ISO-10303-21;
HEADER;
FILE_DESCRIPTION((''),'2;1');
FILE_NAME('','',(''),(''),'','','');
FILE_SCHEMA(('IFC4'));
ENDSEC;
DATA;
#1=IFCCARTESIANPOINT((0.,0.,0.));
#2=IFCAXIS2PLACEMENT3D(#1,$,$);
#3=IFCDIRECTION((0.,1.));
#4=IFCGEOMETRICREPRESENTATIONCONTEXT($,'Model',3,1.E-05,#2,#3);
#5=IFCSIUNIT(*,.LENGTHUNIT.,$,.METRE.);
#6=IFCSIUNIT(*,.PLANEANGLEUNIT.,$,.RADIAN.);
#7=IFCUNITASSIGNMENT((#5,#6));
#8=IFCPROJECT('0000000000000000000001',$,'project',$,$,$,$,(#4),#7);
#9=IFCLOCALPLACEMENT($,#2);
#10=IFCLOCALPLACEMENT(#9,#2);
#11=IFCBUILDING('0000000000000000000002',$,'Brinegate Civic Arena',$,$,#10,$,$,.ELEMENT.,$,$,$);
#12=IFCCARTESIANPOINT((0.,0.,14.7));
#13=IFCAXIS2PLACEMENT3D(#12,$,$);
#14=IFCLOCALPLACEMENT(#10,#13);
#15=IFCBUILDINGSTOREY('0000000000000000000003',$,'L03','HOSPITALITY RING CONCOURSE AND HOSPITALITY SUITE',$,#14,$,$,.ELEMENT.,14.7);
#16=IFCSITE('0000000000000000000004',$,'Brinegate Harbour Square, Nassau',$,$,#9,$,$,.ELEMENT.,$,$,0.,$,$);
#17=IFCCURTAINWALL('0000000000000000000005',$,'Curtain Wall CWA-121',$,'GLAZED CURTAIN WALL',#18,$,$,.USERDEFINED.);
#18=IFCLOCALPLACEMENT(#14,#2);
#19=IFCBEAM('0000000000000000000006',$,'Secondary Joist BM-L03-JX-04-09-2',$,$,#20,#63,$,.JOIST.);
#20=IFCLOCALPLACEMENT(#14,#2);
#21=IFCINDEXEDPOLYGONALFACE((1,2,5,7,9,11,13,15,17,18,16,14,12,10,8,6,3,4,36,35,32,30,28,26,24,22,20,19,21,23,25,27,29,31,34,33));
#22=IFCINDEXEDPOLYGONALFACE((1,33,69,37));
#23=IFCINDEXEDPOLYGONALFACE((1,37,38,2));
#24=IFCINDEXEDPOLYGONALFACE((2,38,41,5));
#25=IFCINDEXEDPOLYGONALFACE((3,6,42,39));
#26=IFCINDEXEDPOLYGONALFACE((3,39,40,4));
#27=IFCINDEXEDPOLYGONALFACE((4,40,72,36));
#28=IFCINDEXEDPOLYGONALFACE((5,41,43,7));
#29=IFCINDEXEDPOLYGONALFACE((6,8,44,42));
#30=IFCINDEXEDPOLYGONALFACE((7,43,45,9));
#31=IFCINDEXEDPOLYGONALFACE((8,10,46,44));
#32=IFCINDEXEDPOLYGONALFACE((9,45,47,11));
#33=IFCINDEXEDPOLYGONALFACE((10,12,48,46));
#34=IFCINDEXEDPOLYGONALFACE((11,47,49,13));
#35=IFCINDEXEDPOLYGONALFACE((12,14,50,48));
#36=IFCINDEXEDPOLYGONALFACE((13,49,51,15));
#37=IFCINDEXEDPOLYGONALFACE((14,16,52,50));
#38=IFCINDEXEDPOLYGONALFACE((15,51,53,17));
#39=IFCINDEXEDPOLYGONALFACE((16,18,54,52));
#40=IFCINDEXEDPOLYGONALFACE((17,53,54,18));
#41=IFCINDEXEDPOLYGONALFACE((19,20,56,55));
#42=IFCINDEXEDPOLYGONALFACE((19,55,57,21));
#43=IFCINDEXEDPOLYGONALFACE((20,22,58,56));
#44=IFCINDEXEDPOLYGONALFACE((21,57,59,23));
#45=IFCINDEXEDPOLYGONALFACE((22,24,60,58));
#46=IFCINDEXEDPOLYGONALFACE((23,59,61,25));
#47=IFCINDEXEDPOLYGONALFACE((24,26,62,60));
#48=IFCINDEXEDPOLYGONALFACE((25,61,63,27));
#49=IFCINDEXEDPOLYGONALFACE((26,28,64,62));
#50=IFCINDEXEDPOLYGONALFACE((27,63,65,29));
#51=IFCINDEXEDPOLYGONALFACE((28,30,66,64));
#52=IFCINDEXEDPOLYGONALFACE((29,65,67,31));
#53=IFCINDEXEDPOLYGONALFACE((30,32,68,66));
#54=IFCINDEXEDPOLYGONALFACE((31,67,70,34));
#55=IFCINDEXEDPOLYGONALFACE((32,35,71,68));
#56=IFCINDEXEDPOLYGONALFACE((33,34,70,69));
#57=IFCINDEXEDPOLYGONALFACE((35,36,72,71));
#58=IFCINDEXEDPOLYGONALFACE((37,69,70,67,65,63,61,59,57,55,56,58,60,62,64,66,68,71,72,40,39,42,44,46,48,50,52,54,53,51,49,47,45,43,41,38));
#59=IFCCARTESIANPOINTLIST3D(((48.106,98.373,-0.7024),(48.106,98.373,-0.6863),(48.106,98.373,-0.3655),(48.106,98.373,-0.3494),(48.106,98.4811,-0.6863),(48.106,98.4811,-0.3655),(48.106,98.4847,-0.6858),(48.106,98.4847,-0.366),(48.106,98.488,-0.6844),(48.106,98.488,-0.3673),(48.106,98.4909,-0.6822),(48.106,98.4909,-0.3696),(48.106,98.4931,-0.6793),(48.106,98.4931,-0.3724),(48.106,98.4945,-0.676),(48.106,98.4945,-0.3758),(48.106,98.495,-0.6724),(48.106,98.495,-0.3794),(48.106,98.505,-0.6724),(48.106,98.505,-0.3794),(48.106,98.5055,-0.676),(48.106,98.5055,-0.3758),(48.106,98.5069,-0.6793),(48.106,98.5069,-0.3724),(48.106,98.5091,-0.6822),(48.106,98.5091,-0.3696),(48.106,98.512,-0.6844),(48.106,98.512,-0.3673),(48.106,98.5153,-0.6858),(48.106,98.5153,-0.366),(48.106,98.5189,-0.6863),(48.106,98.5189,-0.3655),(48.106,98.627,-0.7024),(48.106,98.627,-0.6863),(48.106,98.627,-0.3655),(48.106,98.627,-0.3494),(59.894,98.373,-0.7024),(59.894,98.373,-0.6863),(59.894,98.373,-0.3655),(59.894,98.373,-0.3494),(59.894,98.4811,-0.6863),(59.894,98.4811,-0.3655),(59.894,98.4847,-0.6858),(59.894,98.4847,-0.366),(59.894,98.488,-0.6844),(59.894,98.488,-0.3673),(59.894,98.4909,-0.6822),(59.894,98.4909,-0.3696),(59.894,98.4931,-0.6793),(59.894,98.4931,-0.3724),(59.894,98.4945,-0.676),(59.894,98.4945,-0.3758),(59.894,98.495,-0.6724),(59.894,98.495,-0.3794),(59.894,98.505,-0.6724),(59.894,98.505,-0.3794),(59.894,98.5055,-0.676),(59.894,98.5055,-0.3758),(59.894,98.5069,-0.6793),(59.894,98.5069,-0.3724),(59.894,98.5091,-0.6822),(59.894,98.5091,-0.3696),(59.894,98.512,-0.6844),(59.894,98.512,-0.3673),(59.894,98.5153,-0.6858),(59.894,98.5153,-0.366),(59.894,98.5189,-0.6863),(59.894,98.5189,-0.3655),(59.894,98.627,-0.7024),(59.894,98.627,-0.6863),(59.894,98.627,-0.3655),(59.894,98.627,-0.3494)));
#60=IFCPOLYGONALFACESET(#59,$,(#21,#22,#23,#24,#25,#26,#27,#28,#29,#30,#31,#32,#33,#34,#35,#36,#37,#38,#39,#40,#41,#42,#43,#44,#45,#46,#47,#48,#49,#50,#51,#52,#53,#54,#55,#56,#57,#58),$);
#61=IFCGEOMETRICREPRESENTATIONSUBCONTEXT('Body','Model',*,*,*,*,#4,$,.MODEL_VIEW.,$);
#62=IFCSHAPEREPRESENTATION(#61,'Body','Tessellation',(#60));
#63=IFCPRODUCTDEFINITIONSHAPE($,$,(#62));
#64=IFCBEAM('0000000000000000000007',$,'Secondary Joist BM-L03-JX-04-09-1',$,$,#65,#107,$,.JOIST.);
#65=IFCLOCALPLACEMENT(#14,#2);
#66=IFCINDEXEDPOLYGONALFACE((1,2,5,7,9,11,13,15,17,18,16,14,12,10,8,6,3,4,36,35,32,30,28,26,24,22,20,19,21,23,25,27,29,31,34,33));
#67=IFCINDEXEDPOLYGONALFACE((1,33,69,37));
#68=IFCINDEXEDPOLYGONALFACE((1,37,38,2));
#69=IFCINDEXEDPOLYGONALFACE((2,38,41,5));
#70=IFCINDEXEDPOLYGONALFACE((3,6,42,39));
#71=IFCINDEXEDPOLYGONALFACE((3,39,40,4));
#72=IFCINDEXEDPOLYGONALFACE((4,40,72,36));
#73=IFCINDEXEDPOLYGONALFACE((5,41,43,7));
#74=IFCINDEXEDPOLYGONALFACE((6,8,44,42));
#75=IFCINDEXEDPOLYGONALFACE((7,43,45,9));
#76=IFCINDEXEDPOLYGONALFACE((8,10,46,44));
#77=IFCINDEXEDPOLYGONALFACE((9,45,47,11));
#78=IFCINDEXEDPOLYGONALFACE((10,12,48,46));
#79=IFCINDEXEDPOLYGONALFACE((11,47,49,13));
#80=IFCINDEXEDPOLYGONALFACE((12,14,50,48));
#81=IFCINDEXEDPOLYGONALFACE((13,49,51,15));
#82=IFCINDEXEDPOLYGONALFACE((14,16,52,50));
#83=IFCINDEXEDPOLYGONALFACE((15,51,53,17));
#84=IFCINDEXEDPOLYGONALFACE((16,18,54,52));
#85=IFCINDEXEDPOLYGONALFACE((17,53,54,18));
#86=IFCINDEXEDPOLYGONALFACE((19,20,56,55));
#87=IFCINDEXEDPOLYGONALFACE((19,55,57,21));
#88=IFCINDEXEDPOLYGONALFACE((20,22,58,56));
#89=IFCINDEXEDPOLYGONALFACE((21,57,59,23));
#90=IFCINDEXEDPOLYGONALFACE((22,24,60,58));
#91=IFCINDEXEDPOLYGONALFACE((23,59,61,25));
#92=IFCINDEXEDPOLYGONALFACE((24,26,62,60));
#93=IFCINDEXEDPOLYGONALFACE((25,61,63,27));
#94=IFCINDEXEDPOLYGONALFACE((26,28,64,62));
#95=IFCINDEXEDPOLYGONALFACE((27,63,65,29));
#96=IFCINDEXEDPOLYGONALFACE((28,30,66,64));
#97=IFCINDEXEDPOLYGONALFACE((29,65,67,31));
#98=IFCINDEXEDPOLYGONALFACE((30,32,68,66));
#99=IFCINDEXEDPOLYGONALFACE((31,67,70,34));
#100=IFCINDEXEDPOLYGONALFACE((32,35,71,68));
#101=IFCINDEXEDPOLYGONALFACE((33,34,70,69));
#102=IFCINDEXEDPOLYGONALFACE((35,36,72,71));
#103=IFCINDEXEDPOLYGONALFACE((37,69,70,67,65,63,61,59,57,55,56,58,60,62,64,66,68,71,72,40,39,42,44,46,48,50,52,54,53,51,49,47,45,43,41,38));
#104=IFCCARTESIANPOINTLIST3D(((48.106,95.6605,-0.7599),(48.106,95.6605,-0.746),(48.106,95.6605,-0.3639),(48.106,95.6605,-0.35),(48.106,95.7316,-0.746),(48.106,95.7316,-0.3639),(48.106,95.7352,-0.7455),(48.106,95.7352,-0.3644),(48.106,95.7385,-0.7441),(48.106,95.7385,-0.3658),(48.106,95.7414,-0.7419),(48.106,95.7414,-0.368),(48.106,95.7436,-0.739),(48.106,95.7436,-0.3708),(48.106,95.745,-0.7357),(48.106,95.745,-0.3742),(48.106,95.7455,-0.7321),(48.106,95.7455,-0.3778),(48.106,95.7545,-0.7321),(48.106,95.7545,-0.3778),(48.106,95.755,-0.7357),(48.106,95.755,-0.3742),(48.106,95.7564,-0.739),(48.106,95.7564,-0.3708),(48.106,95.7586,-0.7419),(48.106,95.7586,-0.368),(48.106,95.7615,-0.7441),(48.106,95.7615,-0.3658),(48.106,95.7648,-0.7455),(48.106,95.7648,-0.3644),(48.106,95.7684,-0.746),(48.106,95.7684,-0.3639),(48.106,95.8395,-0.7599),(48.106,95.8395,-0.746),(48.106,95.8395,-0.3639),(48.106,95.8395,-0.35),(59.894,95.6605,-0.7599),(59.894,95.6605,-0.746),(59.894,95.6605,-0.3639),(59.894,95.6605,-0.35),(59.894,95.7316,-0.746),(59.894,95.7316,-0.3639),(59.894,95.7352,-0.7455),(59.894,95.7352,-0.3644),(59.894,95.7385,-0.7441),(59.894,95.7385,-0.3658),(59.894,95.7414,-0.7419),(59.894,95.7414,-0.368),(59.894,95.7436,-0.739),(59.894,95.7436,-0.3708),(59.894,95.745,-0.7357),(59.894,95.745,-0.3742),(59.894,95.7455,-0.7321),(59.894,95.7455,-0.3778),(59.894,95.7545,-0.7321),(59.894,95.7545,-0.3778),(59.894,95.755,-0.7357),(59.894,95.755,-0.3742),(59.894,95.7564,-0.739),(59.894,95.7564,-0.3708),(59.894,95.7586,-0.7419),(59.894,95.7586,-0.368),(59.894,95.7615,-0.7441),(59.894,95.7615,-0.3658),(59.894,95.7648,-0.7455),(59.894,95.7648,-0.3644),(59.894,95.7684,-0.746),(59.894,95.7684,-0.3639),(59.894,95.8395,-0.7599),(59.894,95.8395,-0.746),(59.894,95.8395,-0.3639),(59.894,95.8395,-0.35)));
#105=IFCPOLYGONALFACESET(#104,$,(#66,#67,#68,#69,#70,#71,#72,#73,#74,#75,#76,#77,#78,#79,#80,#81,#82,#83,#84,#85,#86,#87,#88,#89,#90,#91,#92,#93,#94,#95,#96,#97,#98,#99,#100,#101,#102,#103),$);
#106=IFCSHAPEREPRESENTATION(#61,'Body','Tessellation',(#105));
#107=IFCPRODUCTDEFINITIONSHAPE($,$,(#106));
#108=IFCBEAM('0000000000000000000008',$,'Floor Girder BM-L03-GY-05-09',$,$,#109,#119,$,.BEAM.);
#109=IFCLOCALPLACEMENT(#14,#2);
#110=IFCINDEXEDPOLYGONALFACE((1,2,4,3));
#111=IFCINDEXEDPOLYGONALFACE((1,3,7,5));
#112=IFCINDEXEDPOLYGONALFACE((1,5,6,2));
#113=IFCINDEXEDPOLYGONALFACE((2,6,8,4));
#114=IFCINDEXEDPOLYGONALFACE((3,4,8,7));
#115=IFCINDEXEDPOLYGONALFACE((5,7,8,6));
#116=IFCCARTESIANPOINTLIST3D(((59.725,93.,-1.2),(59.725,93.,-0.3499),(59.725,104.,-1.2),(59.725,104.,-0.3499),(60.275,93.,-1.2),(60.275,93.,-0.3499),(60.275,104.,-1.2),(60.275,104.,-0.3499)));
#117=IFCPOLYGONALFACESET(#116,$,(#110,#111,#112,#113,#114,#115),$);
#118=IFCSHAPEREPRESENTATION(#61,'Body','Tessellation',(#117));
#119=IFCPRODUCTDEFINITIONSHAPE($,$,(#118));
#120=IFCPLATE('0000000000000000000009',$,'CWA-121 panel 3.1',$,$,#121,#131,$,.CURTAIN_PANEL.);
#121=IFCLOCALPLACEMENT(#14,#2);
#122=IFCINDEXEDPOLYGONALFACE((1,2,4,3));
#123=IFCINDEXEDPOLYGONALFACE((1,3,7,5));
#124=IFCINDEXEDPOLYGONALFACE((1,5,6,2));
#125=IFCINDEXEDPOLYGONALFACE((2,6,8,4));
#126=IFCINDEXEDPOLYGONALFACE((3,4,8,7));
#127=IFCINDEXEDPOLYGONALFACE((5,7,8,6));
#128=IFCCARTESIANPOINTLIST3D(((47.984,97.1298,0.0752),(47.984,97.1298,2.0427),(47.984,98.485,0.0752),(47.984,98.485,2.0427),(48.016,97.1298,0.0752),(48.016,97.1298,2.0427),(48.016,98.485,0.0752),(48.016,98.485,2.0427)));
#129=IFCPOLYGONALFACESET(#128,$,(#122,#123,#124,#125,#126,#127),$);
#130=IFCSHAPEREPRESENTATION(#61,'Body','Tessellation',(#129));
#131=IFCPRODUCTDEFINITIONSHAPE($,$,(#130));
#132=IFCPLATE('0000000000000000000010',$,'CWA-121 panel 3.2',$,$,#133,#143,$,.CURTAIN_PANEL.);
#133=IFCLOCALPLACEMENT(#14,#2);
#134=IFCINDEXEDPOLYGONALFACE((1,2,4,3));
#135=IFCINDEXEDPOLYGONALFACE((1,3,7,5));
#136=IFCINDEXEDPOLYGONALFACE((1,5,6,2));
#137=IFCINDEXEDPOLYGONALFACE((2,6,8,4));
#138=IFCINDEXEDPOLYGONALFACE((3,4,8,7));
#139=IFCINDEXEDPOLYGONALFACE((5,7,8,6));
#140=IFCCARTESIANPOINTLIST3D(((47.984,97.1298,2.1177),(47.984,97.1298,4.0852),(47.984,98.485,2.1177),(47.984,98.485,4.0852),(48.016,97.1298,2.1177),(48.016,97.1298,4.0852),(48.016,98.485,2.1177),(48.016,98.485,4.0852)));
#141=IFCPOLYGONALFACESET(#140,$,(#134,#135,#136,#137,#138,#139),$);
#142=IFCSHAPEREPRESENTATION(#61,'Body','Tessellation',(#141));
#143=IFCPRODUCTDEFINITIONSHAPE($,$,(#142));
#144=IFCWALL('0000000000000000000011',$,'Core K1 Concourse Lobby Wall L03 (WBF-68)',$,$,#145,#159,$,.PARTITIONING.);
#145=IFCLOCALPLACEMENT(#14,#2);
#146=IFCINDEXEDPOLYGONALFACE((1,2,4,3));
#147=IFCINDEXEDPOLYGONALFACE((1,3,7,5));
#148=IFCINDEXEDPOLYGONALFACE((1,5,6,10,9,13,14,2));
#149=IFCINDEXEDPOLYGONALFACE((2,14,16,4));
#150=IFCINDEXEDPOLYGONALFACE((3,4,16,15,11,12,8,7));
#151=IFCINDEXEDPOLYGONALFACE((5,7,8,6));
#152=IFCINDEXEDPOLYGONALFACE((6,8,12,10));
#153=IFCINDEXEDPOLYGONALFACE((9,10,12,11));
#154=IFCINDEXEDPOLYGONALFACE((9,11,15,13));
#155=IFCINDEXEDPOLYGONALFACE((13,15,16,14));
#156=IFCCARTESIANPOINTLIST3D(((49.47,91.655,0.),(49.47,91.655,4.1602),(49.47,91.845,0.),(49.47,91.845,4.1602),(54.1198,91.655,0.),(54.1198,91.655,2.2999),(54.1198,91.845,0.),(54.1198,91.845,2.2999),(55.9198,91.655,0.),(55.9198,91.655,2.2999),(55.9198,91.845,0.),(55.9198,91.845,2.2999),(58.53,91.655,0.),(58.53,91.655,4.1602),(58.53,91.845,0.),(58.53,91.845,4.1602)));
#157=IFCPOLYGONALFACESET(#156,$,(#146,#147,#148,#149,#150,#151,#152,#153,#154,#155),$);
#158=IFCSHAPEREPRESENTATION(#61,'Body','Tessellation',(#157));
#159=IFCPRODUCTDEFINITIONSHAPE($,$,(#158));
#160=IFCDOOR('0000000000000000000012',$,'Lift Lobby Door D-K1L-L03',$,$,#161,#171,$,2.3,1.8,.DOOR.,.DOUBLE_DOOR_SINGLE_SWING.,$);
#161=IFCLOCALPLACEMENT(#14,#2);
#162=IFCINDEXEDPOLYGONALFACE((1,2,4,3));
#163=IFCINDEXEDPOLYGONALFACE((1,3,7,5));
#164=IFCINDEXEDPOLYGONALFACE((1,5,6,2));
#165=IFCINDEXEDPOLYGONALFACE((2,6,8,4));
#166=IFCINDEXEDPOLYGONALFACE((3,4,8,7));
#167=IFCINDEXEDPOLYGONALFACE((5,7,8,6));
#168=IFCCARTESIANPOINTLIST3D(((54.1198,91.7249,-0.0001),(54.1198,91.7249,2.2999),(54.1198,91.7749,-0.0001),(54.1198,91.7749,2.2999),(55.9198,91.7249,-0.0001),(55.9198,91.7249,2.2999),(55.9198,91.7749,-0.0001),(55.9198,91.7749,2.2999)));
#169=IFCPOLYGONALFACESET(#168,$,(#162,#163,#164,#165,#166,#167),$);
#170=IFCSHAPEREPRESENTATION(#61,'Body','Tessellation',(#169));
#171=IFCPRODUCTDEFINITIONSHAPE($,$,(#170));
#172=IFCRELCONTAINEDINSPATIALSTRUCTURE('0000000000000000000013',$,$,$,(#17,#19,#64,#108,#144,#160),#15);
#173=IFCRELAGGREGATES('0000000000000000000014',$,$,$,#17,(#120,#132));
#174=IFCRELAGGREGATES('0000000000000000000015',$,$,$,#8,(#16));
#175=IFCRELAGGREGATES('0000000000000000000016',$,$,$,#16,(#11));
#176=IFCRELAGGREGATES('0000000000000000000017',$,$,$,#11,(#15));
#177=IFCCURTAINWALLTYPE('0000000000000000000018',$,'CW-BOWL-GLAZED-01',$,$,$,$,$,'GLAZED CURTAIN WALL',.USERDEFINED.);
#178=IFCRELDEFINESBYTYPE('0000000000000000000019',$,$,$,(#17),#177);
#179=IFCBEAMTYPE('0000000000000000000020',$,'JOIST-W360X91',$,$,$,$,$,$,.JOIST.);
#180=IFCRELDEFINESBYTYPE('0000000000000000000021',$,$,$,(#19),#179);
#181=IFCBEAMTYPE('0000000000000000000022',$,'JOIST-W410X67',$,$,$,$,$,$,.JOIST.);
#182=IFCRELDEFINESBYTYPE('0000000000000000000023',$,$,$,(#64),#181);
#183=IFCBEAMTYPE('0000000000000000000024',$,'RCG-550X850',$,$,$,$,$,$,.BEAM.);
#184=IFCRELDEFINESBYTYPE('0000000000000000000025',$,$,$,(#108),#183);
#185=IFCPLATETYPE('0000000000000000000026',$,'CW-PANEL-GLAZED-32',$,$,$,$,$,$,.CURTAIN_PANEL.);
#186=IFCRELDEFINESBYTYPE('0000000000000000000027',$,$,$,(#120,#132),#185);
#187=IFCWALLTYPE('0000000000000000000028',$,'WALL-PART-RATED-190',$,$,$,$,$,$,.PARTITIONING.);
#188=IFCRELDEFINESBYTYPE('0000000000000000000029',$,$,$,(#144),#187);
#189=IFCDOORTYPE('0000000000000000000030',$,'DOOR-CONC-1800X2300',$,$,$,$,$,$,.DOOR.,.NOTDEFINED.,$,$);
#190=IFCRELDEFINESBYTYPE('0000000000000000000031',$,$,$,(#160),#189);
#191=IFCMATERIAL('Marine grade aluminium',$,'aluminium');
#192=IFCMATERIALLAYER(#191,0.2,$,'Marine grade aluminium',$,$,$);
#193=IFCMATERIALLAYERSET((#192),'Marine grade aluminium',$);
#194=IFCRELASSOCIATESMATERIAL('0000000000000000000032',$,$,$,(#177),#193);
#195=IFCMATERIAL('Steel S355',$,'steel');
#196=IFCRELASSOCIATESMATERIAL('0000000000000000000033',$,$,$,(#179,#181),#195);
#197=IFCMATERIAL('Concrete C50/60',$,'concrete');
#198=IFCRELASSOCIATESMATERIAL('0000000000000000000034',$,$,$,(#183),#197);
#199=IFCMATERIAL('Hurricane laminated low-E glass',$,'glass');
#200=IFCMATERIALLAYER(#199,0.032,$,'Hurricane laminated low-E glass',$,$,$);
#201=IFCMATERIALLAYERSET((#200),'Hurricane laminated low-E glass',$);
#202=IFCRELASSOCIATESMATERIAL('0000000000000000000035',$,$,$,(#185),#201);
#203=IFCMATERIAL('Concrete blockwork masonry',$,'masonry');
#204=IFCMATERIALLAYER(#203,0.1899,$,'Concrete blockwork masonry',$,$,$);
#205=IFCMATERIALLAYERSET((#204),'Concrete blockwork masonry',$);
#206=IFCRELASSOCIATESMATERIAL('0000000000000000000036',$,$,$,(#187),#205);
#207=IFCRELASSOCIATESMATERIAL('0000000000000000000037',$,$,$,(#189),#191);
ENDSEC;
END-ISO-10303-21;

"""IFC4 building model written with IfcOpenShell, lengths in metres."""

from ifc_helpers import new_model, si_unit, direction, frame, frame_2d, origin, origin_2d, place, context, subcontext, project, spatial, rectangle, i_section, extrude, material, layer, layer_set, material_profile, profile_set, type_object, element, fill, aggregate, save


model = new_model("IFC4")

# Units and contexts
model_context = context("Model", 3, precision=1e-05, world=origin(), true_north=direction((0.0, 1.0)))
body_context = subcontext(model_context, "Body", "Model", "MODEL_VIEW")
ifc_project = project(units=[si_unit("LENGTHUNIT", "METRE"), si_unit("PLANEANGLEUNIT", "RADIAN")], contexts=[model_context])

# Site, building, storey
site_placement = place(None, origin())
site = spatial("IfcSite", under=ifc_project, at=site_placement, Name="Brinegate Harbour Square, Nassau", CompositionType="ELEMENT", RefElevation=0.0)
building_placement = place(site_placement, origin())
building = spatial("IfcBuilding", under=site, at=building_placement, Name="Brinegate Civic Arena", CompositionType="ELEMENT")
storey_placement = place(building_placement, frame((0.0, 0.0, 14.7)))
storey = spatial("IfcBuildingStorey", under=building, at=storey_placement, Name="L03", Description="HOSPITALITY RING CONCOURSE AND HOSPITALITY SUITE", CompositionType="ELEMENT", Elevation=14.7)

# Shared definitions
ifc_material_1 = material(Name="Concrete C50/60", Category="concrete")

# Curtain wall
ifc_material_2 = material(Name="Marine grade aluminium", Category="aluminium")
ifc_layer_1 = layer(ifc_material_2, 0.2, Name="Marine grade aluminium")
ifc_layer_set_1 = layer_set([ifc_layer_1], Name="Marine grade aluminium")
curtain_wall_type = type_object("IfcCurtainWallType", Name="CW-BOWL-GLAZED-01", ElementType="GLAZED CURTAIN WALL", PredefinedType="USERDEFINED", material=ifc_layer_set_1)
curtain_wall_placement = place(storey_placement, origin())
curtain_wall = element("IfcCurtainWall", 1, at=curtain_wall_placement, inside=storey, type_object=curtain_wall_type, Name="Curtain Wall CWA-121", ObjectType="GLAZED CURTAIN WALL", PredefinedType="USERDEFINED")

# Beams
ifc_material_3 = material(Name="Steel S355", Category="steel")
ifc_material_profile_1 = material_profile(ifc_material_3, i_section(OverallWidth=0.2539, OverallDepth=0.353, WebThickness=0.01, FlangeThickness=0.0161, FilletRadius=0.0139, at=origin_2d()), Name="W360X91")
ifc_profile_set_1 = profile_set([ifc_material_profile_1], Name="Steel S355")
beam_type_1 = type_object("IfcBeamType", Name="JOIST-W360X91", PredefinedType="JOIST", material=ifc_profile_set_1)
beam_1_placement = place(storey_placement, frame((48.106, 98.5, -0.5259), z_axis=(1.0, 0.0, 0.0), x_axis=(0.0, 1.0, 0.0)))
element("IfcBeam", 2, at=beam_1_placement, inside=storey, type_object=beam_type_1, Name="Secondary Joist BM-L03-JX-04-09-2", PredefinedType="JOIST", context=body_context, shape_type="SweptSolid", body=[
    extrude(i_section(OverallWidth=0.2539, OverallDepth=0.353, WebThickness=0.01, FlangeThickness=0.0161, FilletRadius=0.0139, at=origin_2d()), origin(), (0.0, 0.0, 1.0), 11.7881),
])
ifc_material_profile_2 = material_profile(ifc_material_3, i_section(OverallWidth=0.179, OverallDepth=0.4099, WebThickness=0.009, FlangeThickness=0.0139, FilletRadius=0.0139, at=origin_2d()), Name="W410X67")
ifc_profile_set_2 = profile_set([ifc_material_profile_2], Name="Steel S355")
beam_type_2 = type_object("IfcBeamType", Name="JOIST-W410X67", PredefinedType="JOIST", material=ifc_profile_set_2)
beam_2_placement = place(storey_placement, frame((48.106, 95.75, -0.5549), z_axis=(1.0, 0.0, 0.0), x_axis=(0.0, 1.0, 0.0)))
element("IfcBeam", 3, at=beam_2_placement, inside=storey, type_object=beam_type_2, Name="Secondary Joist BM-L03-JX-04-09-1", PredefinedType="JOIST", context=body_context, shape_type="SweptSolid", body=[
    extrude(i_section(OverallWidth=0.179, OverallDepth=0.4099, WebThickness=0.009, FlangeThickness=0.0139, FilletRadius=0.0139, at=origin_2d()), origin(), (0.0, 0.0, 1.0), 11.7881),
])
ifc_material_profile_3 = material_profile(ifc_material_1, rectangle(XDim=0.55, YDim=0.8501, at=origin_2d()), Name="RCB550X850")
ifc_profile_set_3 = profile_set([ifc_material_profile_3], Name="Concrete C50/60")
beam_type_3 = type_object("IfcBeamType", Name="RCG-550X850", PredefinedType="BEAM", material=ifc_profile_set_3)
beam_3_placement = place(storey_placement, frame((60.0, 93.0, -0.7749), z_axis=(0.0, 1.0, 0.0), x_axis=(-1.0, 0.0, 0.0)))
element("IfcBeam", 4, at=beam_3_placement, inside=storey, type_object=beam_type_3, Name="Floor Girder BM-L03-GY-05-09", PredefinedType="BEAM", context=body_context, shape_type="SweptSolid", body=[
    extrude(rectangle(XDim=0.55, YDim=0.8501, at=origin_2d()), origin(), (0.0, 0.0, 1.0), 11.0),
])

# Plates
ifc_material_4 = material(Name="Hurricane laminated low-E glass", Category="glass")
ifc_layer_2 = layer(ifc_material_4, 0.032, Name="Hurricane laminated low-E glass")
ifc_layer_set_2 = layer_set([ifc_layer_2], Name="Hurricane laminated low-E glass")
plate_type = type_object("IfcPlateType", Name="CW-PANEL-GLAZED-32", PredefinedType="CURTAIN_PANEL", material=ifc_layer_set_2)
plate_1_placement = place(storey_placement, frame((48.0, 97.8074, 0.0752), z_axis=(0.0, 0.0, 1.0), x_axis=(0.0, 1.0, 0.0)))
plate_1 = element("IfcPlate", 5, at=plate_1_placement, type_object=plate_type, Name="CWA-121 panel 3.1", PredefinedType="CURTAIN_PANEL", context=body_context, shape_type="SweptSolid", body=[
    extrude(rectangle(XDim=1.3552, YDim=0.032, at=origin_2d()), origin(), (0.0, 0.0, 1.0), 1.9675),
])
plate_2_placement = place(storey_placement, frame((48.0, 97.8074, 2.1177), z_axis=(0.0, 0.0, 1.0), x_axis=(0.0, 1.0, 0.0)))
plate_2 = element("IfcPlate", 6, at=plate_2_placement, type_object=plate_type, Name="CWA-121 panel 3.2", PredefinedType="CURTAIN_PANEL", context=body_context, shape_type="SweptSolid", body=[
    extrude(rectangle(XDim=1.3552, YDim=0.032, at=origin_2d()), origin(), (0.0, 0.0, 1.0), 1.9675),
])
aggregate(curtain_wall, [plate_1, plate_2])

# Wall, opening, door
ifc_material_5 = material(Name="Concrete blockwork masonry", Category="masonry")
ifc_layer_3 = layer(ifc_material_5, 0.1899, Name="Concrete blockwork masonry")
ifc_layer_set_3 = layer_set([ifc_layer_3], Name="Concrete blockwork masonry")
wall_type = type_object("IfcWallType", Name="WALL-PART-RATED-190", PredefinedType="PARTITIONING", material=ifc_layer_set_3)
wall_1_placement = place(storey_placement, frame((49.47, 91.75, 0.0), z_axis=(0.0, 0.0, 1.0), x_axis=(1.0, 0.0, 0.0)))
wall_1 = element("IfcWall", 7, at=wall_1_placement, inside=storey, type_object=wall_type, Name="Core K1 Concourse Lobby Wall L03 (WBF-68)", PredefinedType="PARTITIONING", context=body_context, shape_type="SweptSolid", body=[
    extrude(rectangle(XDim=9.0601, YDim=0.1899, at=frame_2d((4.53, 0.0))), origin(), (0.0, 0.0, 1.0), 4.1602),
])
opening_1_placement = place(wall_1_placement, frame((4.6499, 0.0, 0.0)))
opening_1 = element("IfcOpeningElement", 8, at=opening_1_placement, cuts=wall_1, PredefinedType="OPENING", context=body_context, shape_type="SweptSolid", body=[
    extrude(rectangle(XDim=1.8, YDim=2.3, at=frame_2d((0.8999, 1.1499))), frame((0.0, 0.105, 0.0), z_axis=(0.0, -1.0, 0.0), x_axis=(1.0, 0.0, 0.0)), (0.0, 0.0, 1.0), 0.21),
])
door_type_1 = type_object("IfcDoorType", Name="DOOR-CONC-1800X2300", OperationType="NOTDEFINED", PredefinedType="DOOR", material=ifc_material_2)
door_1_placement = place(opening_1_placement, origin())
door_1 = element("IfcDoor", 9, at=door_1_placement, inside=storey, type_object=door_type_1, Name="Lift Lobby Door D-K1L-L03", OperationType="DOUBLE_DOOR_SINGLE_SWING", OverallHeight=2.3, OverallWidth=1.8, PredefinedType="DOOR", context=body_context, shape_type="SweptSolid", body=[
    extrude(rectangle(XDim=1.8, YDim=2.3, at=frame_2d((0.8999, 1.1499))), frame((0.0, 0.0249, 0.0), z_axis=(0.0, -1.0, 0.0), x_axis=(1.0, 0.0, 0.0)), (0.0, 0.0, 1.0), 0.05),
])
fill(opening_1, door_1)

save(model, "model.ifc")
